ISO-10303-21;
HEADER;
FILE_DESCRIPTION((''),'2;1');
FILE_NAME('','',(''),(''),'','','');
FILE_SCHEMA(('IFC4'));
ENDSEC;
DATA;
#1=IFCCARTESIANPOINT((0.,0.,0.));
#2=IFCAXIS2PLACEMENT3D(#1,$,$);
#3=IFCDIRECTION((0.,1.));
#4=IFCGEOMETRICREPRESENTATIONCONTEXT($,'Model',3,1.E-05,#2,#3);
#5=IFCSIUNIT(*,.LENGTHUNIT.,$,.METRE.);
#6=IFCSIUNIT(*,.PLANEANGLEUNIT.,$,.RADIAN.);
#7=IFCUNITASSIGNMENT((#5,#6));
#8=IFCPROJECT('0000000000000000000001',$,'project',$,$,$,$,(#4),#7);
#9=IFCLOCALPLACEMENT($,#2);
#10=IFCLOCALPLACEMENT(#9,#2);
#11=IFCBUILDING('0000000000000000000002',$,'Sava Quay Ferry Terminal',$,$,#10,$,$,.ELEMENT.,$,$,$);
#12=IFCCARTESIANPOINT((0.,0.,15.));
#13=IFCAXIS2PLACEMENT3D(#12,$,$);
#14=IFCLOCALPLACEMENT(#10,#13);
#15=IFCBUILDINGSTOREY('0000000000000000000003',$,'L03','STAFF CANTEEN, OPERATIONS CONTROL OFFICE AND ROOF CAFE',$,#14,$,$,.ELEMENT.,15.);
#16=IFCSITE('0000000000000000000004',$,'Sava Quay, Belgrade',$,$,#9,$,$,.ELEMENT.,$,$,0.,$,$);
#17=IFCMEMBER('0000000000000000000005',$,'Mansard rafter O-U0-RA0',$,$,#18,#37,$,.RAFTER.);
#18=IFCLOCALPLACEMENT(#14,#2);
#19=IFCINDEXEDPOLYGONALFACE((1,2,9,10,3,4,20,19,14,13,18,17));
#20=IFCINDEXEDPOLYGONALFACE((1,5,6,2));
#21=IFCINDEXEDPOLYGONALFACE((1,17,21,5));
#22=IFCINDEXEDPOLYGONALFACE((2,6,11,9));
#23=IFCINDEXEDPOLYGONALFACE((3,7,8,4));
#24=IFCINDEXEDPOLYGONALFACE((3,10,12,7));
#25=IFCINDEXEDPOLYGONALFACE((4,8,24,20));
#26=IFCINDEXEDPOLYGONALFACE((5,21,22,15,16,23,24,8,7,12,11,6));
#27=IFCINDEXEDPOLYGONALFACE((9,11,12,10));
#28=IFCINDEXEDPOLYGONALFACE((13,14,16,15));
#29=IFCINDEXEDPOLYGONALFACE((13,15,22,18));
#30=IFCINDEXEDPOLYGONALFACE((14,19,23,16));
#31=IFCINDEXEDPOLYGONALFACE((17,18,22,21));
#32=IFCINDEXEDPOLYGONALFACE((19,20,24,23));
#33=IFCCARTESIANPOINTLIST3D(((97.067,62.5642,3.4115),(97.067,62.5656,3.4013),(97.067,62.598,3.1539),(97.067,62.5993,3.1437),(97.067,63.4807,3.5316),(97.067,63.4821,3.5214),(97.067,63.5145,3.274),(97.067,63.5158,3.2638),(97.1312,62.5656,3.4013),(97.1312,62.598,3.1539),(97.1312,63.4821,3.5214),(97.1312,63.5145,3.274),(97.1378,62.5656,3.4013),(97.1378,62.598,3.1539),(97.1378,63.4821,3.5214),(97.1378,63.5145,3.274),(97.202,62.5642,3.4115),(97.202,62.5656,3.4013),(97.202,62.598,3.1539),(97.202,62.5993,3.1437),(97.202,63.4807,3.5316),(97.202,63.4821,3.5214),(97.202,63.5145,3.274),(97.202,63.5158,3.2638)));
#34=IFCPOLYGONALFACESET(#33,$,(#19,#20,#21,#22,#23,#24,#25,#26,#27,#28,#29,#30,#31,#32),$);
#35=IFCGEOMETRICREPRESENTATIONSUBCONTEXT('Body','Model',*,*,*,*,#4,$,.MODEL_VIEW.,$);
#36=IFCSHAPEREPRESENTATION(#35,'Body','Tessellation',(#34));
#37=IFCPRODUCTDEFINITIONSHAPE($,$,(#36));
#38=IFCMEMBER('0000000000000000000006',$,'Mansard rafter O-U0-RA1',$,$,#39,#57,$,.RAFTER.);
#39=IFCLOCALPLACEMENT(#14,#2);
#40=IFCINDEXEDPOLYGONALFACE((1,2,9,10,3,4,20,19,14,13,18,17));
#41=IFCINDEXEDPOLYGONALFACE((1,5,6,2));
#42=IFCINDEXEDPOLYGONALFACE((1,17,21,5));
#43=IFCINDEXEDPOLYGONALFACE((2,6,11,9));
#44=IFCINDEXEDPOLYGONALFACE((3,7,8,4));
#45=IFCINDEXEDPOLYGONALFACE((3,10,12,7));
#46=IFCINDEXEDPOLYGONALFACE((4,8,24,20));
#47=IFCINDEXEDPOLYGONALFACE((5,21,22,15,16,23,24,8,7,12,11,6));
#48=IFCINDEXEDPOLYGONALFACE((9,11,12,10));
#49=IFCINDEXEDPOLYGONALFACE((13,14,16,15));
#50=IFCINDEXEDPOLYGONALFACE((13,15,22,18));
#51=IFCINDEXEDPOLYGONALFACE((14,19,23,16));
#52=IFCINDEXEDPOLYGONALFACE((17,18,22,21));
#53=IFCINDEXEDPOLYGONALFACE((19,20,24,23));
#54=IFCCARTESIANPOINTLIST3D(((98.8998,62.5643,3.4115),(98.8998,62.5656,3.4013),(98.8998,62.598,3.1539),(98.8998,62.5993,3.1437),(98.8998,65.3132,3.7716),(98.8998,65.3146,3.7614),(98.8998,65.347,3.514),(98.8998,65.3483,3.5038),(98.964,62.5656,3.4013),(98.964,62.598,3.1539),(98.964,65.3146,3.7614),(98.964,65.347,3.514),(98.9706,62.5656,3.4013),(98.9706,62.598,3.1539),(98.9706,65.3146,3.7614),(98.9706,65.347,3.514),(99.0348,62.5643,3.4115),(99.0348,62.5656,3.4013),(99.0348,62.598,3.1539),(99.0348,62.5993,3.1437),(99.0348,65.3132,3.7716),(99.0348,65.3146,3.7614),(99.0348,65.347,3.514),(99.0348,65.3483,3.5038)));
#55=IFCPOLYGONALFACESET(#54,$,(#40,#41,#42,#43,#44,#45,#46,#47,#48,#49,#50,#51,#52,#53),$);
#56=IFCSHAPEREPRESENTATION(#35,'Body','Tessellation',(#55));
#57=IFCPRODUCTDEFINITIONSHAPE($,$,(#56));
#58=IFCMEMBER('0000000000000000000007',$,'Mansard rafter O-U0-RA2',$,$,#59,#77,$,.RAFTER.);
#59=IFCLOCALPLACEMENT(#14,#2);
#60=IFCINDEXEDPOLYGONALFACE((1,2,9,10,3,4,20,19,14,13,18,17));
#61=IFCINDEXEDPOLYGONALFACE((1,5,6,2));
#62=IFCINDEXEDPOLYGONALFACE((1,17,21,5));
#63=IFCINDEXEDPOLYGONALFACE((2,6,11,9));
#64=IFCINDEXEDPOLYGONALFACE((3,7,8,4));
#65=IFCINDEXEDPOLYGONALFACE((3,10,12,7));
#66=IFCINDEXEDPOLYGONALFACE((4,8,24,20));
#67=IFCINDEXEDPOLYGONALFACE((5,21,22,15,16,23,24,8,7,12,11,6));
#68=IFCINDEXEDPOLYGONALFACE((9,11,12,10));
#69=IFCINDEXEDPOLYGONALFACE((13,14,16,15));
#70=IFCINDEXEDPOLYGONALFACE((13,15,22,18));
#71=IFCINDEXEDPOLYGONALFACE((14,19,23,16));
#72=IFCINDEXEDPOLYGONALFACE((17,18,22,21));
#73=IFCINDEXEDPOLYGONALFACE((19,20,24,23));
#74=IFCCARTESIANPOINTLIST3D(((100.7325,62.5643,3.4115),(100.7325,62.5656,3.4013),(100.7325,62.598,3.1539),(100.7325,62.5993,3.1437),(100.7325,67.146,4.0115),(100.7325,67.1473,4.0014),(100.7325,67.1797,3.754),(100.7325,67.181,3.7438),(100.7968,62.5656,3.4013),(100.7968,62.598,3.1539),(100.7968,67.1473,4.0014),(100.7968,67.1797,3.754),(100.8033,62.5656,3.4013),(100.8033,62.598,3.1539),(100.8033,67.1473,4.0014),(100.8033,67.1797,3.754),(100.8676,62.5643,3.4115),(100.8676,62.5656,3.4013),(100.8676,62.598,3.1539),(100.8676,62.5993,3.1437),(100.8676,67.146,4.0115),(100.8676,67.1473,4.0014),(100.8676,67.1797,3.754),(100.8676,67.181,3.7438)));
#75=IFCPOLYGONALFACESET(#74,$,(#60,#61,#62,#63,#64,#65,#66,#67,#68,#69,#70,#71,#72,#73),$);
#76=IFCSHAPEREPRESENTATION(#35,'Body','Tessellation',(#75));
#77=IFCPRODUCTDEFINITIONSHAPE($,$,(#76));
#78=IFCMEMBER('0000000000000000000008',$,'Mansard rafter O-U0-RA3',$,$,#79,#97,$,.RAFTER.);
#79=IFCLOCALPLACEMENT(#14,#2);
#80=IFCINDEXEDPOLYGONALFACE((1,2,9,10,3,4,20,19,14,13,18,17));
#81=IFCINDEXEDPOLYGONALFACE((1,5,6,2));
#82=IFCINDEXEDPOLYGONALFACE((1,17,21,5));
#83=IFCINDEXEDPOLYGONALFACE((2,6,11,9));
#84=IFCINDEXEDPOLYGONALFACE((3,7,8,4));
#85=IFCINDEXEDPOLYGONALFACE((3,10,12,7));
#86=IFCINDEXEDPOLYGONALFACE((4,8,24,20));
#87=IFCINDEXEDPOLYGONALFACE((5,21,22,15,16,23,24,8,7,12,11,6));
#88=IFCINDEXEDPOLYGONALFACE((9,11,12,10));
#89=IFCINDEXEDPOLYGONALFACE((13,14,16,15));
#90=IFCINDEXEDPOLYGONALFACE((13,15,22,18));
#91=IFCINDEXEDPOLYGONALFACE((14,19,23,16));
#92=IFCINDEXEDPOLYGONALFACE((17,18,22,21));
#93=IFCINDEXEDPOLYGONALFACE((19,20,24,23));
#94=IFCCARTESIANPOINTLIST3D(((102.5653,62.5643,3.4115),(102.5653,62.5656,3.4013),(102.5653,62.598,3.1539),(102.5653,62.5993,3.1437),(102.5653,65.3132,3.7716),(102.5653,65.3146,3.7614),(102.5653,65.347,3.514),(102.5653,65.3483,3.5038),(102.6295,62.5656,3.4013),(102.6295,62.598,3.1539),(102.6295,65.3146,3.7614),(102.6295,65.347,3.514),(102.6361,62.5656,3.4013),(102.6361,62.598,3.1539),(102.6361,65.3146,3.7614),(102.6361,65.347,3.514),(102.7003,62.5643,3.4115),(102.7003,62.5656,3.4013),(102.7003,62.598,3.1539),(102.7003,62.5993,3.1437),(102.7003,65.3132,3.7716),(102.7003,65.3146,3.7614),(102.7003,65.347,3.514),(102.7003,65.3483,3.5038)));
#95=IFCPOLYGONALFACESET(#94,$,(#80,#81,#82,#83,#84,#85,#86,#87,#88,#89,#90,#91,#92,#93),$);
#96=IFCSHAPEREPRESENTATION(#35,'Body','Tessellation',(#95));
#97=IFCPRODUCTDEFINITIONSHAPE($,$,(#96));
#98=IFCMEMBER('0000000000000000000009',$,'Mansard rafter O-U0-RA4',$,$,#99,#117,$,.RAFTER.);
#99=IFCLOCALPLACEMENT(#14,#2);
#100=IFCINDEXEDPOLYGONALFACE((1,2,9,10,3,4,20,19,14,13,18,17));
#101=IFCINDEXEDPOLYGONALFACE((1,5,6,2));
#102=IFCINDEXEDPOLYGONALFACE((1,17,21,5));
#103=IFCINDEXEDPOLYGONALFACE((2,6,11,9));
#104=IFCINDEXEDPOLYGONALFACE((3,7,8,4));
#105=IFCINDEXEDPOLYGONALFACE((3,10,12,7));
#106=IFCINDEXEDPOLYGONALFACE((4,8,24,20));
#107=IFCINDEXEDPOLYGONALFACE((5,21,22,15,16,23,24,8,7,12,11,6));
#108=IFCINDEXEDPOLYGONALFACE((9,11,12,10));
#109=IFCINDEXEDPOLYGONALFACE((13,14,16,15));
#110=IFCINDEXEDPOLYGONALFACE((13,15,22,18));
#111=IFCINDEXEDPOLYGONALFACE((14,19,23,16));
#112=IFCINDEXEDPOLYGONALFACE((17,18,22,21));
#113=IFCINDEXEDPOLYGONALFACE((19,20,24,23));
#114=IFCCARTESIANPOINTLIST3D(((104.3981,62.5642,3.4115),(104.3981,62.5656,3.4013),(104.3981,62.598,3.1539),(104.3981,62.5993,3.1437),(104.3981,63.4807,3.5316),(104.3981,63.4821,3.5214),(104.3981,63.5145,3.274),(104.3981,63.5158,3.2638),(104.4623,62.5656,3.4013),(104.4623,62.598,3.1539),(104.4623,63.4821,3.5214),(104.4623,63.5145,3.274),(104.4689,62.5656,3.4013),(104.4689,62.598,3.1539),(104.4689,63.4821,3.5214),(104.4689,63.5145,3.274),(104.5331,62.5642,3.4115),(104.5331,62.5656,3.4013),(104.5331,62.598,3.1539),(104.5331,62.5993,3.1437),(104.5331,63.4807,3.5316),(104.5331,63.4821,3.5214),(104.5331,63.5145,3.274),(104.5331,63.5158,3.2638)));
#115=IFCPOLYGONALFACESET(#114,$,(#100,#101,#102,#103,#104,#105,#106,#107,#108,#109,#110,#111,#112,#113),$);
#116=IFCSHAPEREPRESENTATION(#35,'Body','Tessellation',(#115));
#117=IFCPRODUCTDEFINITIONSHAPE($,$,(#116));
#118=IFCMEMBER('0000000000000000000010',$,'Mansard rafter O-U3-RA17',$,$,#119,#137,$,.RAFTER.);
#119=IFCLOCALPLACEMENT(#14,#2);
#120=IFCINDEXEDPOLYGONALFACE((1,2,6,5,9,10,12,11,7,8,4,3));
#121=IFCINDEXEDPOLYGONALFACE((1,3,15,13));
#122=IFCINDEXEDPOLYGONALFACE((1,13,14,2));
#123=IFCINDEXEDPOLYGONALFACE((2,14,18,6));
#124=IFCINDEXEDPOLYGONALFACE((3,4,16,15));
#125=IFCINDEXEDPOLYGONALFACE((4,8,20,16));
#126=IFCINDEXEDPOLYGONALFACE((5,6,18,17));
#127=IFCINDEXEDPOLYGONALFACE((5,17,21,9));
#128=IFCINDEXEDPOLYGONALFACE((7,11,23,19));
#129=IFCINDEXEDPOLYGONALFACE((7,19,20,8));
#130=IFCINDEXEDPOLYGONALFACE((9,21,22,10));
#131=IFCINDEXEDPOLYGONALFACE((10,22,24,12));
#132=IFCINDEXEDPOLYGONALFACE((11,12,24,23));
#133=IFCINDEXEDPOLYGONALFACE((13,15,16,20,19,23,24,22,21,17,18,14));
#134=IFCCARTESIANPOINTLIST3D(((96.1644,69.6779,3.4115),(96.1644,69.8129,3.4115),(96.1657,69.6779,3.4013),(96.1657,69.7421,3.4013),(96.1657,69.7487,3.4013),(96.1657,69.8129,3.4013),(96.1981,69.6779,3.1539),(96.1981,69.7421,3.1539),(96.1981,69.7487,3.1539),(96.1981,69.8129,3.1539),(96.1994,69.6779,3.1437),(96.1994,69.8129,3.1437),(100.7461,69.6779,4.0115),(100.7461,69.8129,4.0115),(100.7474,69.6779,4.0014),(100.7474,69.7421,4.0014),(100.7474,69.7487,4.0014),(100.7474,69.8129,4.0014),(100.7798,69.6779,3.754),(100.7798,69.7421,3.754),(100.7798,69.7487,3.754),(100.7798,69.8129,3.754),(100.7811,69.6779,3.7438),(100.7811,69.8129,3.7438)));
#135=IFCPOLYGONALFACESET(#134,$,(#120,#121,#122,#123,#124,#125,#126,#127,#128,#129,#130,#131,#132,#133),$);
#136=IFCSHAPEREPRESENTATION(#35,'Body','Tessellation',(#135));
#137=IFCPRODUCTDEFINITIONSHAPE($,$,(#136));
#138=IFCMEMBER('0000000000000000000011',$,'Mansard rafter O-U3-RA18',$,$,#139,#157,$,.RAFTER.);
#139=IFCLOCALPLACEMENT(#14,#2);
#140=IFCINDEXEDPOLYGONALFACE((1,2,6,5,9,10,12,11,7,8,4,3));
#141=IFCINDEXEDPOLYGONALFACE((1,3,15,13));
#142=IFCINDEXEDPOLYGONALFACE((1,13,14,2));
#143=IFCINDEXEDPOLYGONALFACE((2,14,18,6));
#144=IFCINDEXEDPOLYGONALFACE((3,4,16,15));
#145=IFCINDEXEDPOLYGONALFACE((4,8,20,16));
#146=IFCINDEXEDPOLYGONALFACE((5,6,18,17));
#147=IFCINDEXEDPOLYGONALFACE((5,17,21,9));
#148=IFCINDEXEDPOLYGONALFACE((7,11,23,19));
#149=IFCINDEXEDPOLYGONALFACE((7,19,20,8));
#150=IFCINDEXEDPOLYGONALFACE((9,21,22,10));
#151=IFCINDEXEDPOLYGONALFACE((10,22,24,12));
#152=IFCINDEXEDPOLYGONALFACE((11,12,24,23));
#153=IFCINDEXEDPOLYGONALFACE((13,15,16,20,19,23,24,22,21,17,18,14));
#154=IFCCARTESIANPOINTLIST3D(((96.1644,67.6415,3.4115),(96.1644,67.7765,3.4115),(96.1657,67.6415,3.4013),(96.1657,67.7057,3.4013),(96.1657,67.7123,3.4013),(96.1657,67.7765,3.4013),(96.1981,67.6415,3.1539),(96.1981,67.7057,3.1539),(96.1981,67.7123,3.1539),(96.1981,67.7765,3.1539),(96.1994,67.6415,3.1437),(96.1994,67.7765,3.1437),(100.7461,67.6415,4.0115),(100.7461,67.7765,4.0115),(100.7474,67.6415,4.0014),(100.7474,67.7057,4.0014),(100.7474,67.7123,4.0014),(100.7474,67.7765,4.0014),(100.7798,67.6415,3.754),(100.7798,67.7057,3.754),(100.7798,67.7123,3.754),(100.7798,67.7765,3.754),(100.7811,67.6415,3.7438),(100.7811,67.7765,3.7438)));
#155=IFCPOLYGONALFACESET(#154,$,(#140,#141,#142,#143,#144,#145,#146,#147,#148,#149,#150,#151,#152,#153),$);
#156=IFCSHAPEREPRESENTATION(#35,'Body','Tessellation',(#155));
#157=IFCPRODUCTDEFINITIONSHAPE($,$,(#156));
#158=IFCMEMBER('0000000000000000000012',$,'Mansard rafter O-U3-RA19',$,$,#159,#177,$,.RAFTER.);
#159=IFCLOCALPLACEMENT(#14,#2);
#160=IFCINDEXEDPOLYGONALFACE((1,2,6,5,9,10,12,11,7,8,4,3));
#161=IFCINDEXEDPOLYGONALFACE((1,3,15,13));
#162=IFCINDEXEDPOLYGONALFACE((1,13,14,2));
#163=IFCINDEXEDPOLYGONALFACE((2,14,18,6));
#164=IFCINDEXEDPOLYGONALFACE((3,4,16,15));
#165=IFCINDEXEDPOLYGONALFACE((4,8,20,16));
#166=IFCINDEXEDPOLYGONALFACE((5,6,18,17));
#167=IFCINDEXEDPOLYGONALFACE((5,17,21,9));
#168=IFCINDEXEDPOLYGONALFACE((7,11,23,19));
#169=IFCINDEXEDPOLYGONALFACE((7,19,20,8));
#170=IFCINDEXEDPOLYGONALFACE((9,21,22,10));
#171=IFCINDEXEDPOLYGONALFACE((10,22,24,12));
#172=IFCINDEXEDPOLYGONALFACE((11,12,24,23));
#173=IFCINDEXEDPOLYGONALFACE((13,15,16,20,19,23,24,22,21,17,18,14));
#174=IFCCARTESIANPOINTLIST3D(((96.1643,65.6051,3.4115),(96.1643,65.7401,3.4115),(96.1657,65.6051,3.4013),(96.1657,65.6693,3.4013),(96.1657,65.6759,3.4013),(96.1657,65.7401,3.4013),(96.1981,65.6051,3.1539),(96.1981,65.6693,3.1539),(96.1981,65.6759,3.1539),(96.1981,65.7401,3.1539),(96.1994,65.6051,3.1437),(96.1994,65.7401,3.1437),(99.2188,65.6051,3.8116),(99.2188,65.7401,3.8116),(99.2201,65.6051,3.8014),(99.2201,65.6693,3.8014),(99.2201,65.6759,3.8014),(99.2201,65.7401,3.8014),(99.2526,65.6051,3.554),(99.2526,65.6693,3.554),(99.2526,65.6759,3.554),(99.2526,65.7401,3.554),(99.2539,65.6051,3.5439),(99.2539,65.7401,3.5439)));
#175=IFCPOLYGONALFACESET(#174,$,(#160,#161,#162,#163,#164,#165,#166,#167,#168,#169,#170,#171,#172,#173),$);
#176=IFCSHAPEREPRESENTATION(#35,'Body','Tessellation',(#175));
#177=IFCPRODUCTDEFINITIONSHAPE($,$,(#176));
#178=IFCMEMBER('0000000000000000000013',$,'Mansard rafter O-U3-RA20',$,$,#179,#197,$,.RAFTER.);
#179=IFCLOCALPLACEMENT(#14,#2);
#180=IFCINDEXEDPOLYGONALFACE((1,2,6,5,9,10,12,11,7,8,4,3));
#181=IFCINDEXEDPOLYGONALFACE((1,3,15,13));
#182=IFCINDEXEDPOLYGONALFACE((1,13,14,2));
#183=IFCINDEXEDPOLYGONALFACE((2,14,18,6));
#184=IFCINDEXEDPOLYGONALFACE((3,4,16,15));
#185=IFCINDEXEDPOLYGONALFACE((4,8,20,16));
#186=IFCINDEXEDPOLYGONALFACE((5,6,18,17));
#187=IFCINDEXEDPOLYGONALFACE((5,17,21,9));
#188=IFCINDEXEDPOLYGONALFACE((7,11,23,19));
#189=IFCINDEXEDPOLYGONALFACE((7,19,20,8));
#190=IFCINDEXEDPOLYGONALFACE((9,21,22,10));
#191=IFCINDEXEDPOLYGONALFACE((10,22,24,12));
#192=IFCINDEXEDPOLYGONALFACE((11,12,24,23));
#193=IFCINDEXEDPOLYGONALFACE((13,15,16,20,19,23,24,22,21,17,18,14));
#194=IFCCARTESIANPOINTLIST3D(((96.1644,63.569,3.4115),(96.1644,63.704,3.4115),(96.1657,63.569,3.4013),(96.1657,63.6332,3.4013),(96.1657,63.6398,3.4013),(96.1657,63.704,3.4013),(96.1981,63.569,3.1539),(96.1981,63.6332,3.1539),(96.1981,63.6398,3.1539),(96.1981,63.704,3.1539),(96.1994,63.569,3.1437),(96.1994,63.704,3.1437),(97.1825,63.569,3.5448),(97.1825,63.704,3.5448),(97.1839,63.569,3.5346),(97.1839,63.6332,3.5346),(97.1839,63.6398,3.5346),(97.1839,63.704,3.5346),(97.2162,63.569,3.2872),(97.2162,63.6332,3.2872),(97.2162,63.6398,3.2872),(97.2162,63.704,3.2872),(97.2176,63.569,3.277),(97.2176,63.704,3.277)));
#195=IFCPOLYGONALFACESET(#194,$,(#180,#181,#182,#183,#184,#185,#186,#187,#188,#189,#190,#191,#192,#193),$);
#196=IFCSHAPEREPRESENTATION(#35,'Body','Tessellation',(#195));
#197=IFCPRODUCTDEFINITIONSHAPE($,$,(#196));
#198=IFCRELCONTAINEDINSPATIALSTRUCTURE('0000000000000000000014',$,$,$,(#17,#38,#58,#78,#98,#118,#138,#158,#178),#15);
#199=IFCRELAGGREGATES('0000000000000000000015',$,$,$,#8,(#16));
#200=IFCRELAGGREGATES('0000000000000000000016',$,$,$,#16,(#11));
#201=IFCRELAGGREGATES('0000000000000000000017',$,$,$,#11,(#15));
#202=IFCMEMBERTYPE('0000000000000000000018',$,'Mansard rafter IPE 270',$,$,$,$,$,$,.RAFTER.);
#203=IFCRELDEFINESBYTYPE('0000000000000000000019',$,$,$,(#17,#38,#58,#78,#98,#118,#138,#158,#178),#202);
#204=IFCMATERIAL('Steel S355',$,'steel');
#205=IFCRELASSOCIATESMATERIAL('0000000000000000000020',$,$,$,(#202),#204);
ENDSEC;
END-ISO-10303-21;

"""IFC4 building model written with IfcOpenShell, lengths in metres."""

from ifc_helpers import new_model, si_unit, direction, frame, origin, origin_2d, place, context, subcontext, project, spatial, i_section, extrude, material, material_profile, profile_set, type_object, element, save


model = new_model("IFC4")

# Units and contexts
model_context = context("Model", 3, precision=1e-05, world=origin(), true_north=direction((0.0, 1.0)))
body_context = subcontext(model_context, "Body", "Model", "MODEL_VIEW")
ifc_project = project(units=[si_unit("LENGTHUNIT", "METRE"), si_unit("PLANEANGLEUNIT", "RADIAN")], contexts=[model_context])

# Site, building, storey
site_placement = place(None, origin())
site = spatial("IfcSite", under=ifc_project, at=site_placement, Name="Sava Quay, Belgrade", CompositionType="ELEMENT", RefElevation=0.0)
building_placement = place(site_placement, origin())
building = spatial("IfcBuilding", under=site, at=building_placement, Name="Sava Quay Ferry Terminal", CompositionType="ELEMENT")
storey_placement = place(building_placement, frame((0.0, 0.0, 15.0)))
storey = spatial("IfcBuildingStorey", under=building, at=storey_placement, Name="L03", Description="STAFF CANTEEN, OPERATIONS CONTROL OFFICE AND ROOF CAFE", CompositionType="ELEMENT", Elevation=15.0)

# Members
ifc_material_1 = material(Name="Steel S355", Category="steel")
ifc_material_profile_1 = material_profile(ifc_material_1, i_section(OverallWidth=0.135, OverallDepth=0.27, WebThickness=0.0066, FlangeThickness=0.0103, at=origin_2d()), Name="IPE 270")
ifc_profile_set_1 = profile_set([ifc_material_profile_1], Name="Steel S355")
member_type_1 = type_object("IfcMemberType", Name="Mansard rafter IPE 270", PredefinedType="RAFTER", material=ifc_profile_set_1)
member_1_placement = place(storey_placement, frame((97.1345, 62.5818, 3.2776), z_axis=(0.0, 0.991521, 0.129949), x_axis=(-1.0, 0.0, 0.0)))
element("IfcMember", 1, at=member_1_placement, inside=storey, type_object=member_type_1, Name="Mansard rafter O-U0-RA0", PredefinedType="RAFTER", context=body_context, shape_type="SweptSolid", body=[
    extrude(i_section(OverallWidth=0.135, OverallDepth=0.27, WebThickness=0.0066, FlangeThickness=0.0103, at=origin_2d()), origin(), (0.0, 0.0, 1.0), 0.9243),
])
member_2_placement = place(storey_placement, frame((98.9673, 62.5818, 3.2776), z_axis=(0.0, 0.991529, 0.129885), x_axis=(-1.0, 0.0, 0.0)))
element("IfcMember", 2, at=member_2_placement, inside=storey, type_object=member_type_1, Name="Mansard rafter O-U0-RA1", PredefinedType="RAFTER", context=body_context, shape_type="SweptSolid", body=[
    extrude(i_section(OverallWidth=0.135, OverallDepth=0.27, WebThickness=0.0066, FlangeThickness=0.0103, at=origin_2d()), origin(), (0.0, 0.0, 1.0), 2.7725),
])
member_3_placement = place(storey_placement, frame((100.8, 62.5818, 3.2776), z_axis=(0.0, 0.991532, 0.129865), x_axis=(-1.0, 0.0, 0.0)))
element("IfcMember", 3, at=member_3_placement, inside=storey, type_object=member_type_1, Name="Mansard rafter O-U0-RA2", PredefinedType="RAFTER", context=body_context, shape_type="SweptSolid", body=[
    extrude(i_section(OverallWidth=0.135, OverallDepth=0.27, WebThickness=0.0066, FlangeThickness=0.0103, at=origin_2d()), origin(), (0.0, 0.0, 1.0), 4.6208),
])
member_4_placement = place(storey_placement, frame((102.6328, 62.5818, 3.2776), z_axis=(0.0, 0.991529, 0.129885), x_axis=(-1.0, 0.0, 0.0)))
element("IfcMember", 4, at=member_4_placement, inside=storey, type_object=member_type_1, Name="Mansard rafter O-U0-RA3", PredefinedType="RAFTER", context=body_context, shape_type="SweptSolid", body=[
    extrude(i_section(OverallWidth=0.135, OverallDepth=0.27, WebThickness=0.0066, FlangeThickness=0.0103, at=origin_2d()), origin(), (0.0, 0.0, 1.0), 2.7725),
])
member_5_placement = place(storey_placement, frame((104.4656, 62.5818, 3.2776), z_axis=(0.0, 0.991521, 0.129949), x_axis=(-1.0, 0.0, 0.0)))
element("IfcMember", 5, at=member_5_placement, inside=storey, type_object=member_type_1, Name="Mansard rafter O-U0-RA4", PredefinedType="RAFTER", context=body_context, shape_type="SweptSolid", body=[
    extrude(i_section(OverallWidth=0.135, OverallDepth=0.27, WebThickness=0.0066, FlangeThickness=0.0103, at=origin_2d()), origin(), (0.0, 0.0, 1.0), 0.9243),
])
for number, where, z_axis, x_axis, name in (
    (6, (96.1819, 69.7454, 3.2776), (0.991532, 0.0, 0.129865), (0.0, 1.0, 0.0), "Mansard rafter O-U3-RA17"),
    (7, (96.1819, 67.709, 3.2776), (0.991532, 0.0, 0.129865), (0.0, 1.0, 0.0), "Mansard rafter O-U3-RA18"),
):
    element("IfcMember", number, at=place(storey_placement, frame(where, z_axis=z_axis, x_axis=x_axis)), inside=storey, type_object=member_type_1, Name=name, PredefinedType="RAFTER", context=body_context, shape_type="SweptSolid", body=[
        extrude(i_section(OverallWidth=0.135, OverallDepth=0.27, WebThickness=0.0066, FlangeThickness=0.0103, at=origin_2d()), origin(), (0.0, 0.0, 1.0), 4.6208),
    ])
member_6_placement = place(storey_placement, frame((96.1819, 65.6726, 3.2776), z_axis=(0.991528, 0.0, 0.129895), x_axis=(0.0, 1.0, 0.0)))
element("IfcMember", 8, at=member_6_placement, inside=storey, type_object=member_type_1, Name="Mansard rafter O-U3-RA19", PredefinedType="RAFTER", context=body_context, shape_type="SweptSolid", body=[
    extrude(i_section(OverallWidth=0.135, OverallDepth=0.27, WebThickness=0.0066, FlangeThickness=0.0103, at=origin_2d()), origin(), (0.0, 0.0, 1.0), 3.0806),
])
member_7_placement = place(storey_placement, frame((96.1819, 63.6365, 3.2776), z_axis=(0.991537, 0.0, 0.129827), x_axis=(0.0, 1.0, 0.0)))
element("IfcMember", 9, at=member_7_placement, inside=storey, type_object=member_type_1, Name="Mansard rafter O-U3-RA20", PredefinedType="RAFTER", context=body_context, shape_type="SweptSolid", body=[
    extrude(i_section(OverallWidth=0.135, OverallDepth=0.27, WebThickness=0.0066, FlangeThickness=0.0103, at=origin_2d()), origin(), (0.0, 0.0, 1.0), 1.0269),
])

save(model, "model.ifc")
